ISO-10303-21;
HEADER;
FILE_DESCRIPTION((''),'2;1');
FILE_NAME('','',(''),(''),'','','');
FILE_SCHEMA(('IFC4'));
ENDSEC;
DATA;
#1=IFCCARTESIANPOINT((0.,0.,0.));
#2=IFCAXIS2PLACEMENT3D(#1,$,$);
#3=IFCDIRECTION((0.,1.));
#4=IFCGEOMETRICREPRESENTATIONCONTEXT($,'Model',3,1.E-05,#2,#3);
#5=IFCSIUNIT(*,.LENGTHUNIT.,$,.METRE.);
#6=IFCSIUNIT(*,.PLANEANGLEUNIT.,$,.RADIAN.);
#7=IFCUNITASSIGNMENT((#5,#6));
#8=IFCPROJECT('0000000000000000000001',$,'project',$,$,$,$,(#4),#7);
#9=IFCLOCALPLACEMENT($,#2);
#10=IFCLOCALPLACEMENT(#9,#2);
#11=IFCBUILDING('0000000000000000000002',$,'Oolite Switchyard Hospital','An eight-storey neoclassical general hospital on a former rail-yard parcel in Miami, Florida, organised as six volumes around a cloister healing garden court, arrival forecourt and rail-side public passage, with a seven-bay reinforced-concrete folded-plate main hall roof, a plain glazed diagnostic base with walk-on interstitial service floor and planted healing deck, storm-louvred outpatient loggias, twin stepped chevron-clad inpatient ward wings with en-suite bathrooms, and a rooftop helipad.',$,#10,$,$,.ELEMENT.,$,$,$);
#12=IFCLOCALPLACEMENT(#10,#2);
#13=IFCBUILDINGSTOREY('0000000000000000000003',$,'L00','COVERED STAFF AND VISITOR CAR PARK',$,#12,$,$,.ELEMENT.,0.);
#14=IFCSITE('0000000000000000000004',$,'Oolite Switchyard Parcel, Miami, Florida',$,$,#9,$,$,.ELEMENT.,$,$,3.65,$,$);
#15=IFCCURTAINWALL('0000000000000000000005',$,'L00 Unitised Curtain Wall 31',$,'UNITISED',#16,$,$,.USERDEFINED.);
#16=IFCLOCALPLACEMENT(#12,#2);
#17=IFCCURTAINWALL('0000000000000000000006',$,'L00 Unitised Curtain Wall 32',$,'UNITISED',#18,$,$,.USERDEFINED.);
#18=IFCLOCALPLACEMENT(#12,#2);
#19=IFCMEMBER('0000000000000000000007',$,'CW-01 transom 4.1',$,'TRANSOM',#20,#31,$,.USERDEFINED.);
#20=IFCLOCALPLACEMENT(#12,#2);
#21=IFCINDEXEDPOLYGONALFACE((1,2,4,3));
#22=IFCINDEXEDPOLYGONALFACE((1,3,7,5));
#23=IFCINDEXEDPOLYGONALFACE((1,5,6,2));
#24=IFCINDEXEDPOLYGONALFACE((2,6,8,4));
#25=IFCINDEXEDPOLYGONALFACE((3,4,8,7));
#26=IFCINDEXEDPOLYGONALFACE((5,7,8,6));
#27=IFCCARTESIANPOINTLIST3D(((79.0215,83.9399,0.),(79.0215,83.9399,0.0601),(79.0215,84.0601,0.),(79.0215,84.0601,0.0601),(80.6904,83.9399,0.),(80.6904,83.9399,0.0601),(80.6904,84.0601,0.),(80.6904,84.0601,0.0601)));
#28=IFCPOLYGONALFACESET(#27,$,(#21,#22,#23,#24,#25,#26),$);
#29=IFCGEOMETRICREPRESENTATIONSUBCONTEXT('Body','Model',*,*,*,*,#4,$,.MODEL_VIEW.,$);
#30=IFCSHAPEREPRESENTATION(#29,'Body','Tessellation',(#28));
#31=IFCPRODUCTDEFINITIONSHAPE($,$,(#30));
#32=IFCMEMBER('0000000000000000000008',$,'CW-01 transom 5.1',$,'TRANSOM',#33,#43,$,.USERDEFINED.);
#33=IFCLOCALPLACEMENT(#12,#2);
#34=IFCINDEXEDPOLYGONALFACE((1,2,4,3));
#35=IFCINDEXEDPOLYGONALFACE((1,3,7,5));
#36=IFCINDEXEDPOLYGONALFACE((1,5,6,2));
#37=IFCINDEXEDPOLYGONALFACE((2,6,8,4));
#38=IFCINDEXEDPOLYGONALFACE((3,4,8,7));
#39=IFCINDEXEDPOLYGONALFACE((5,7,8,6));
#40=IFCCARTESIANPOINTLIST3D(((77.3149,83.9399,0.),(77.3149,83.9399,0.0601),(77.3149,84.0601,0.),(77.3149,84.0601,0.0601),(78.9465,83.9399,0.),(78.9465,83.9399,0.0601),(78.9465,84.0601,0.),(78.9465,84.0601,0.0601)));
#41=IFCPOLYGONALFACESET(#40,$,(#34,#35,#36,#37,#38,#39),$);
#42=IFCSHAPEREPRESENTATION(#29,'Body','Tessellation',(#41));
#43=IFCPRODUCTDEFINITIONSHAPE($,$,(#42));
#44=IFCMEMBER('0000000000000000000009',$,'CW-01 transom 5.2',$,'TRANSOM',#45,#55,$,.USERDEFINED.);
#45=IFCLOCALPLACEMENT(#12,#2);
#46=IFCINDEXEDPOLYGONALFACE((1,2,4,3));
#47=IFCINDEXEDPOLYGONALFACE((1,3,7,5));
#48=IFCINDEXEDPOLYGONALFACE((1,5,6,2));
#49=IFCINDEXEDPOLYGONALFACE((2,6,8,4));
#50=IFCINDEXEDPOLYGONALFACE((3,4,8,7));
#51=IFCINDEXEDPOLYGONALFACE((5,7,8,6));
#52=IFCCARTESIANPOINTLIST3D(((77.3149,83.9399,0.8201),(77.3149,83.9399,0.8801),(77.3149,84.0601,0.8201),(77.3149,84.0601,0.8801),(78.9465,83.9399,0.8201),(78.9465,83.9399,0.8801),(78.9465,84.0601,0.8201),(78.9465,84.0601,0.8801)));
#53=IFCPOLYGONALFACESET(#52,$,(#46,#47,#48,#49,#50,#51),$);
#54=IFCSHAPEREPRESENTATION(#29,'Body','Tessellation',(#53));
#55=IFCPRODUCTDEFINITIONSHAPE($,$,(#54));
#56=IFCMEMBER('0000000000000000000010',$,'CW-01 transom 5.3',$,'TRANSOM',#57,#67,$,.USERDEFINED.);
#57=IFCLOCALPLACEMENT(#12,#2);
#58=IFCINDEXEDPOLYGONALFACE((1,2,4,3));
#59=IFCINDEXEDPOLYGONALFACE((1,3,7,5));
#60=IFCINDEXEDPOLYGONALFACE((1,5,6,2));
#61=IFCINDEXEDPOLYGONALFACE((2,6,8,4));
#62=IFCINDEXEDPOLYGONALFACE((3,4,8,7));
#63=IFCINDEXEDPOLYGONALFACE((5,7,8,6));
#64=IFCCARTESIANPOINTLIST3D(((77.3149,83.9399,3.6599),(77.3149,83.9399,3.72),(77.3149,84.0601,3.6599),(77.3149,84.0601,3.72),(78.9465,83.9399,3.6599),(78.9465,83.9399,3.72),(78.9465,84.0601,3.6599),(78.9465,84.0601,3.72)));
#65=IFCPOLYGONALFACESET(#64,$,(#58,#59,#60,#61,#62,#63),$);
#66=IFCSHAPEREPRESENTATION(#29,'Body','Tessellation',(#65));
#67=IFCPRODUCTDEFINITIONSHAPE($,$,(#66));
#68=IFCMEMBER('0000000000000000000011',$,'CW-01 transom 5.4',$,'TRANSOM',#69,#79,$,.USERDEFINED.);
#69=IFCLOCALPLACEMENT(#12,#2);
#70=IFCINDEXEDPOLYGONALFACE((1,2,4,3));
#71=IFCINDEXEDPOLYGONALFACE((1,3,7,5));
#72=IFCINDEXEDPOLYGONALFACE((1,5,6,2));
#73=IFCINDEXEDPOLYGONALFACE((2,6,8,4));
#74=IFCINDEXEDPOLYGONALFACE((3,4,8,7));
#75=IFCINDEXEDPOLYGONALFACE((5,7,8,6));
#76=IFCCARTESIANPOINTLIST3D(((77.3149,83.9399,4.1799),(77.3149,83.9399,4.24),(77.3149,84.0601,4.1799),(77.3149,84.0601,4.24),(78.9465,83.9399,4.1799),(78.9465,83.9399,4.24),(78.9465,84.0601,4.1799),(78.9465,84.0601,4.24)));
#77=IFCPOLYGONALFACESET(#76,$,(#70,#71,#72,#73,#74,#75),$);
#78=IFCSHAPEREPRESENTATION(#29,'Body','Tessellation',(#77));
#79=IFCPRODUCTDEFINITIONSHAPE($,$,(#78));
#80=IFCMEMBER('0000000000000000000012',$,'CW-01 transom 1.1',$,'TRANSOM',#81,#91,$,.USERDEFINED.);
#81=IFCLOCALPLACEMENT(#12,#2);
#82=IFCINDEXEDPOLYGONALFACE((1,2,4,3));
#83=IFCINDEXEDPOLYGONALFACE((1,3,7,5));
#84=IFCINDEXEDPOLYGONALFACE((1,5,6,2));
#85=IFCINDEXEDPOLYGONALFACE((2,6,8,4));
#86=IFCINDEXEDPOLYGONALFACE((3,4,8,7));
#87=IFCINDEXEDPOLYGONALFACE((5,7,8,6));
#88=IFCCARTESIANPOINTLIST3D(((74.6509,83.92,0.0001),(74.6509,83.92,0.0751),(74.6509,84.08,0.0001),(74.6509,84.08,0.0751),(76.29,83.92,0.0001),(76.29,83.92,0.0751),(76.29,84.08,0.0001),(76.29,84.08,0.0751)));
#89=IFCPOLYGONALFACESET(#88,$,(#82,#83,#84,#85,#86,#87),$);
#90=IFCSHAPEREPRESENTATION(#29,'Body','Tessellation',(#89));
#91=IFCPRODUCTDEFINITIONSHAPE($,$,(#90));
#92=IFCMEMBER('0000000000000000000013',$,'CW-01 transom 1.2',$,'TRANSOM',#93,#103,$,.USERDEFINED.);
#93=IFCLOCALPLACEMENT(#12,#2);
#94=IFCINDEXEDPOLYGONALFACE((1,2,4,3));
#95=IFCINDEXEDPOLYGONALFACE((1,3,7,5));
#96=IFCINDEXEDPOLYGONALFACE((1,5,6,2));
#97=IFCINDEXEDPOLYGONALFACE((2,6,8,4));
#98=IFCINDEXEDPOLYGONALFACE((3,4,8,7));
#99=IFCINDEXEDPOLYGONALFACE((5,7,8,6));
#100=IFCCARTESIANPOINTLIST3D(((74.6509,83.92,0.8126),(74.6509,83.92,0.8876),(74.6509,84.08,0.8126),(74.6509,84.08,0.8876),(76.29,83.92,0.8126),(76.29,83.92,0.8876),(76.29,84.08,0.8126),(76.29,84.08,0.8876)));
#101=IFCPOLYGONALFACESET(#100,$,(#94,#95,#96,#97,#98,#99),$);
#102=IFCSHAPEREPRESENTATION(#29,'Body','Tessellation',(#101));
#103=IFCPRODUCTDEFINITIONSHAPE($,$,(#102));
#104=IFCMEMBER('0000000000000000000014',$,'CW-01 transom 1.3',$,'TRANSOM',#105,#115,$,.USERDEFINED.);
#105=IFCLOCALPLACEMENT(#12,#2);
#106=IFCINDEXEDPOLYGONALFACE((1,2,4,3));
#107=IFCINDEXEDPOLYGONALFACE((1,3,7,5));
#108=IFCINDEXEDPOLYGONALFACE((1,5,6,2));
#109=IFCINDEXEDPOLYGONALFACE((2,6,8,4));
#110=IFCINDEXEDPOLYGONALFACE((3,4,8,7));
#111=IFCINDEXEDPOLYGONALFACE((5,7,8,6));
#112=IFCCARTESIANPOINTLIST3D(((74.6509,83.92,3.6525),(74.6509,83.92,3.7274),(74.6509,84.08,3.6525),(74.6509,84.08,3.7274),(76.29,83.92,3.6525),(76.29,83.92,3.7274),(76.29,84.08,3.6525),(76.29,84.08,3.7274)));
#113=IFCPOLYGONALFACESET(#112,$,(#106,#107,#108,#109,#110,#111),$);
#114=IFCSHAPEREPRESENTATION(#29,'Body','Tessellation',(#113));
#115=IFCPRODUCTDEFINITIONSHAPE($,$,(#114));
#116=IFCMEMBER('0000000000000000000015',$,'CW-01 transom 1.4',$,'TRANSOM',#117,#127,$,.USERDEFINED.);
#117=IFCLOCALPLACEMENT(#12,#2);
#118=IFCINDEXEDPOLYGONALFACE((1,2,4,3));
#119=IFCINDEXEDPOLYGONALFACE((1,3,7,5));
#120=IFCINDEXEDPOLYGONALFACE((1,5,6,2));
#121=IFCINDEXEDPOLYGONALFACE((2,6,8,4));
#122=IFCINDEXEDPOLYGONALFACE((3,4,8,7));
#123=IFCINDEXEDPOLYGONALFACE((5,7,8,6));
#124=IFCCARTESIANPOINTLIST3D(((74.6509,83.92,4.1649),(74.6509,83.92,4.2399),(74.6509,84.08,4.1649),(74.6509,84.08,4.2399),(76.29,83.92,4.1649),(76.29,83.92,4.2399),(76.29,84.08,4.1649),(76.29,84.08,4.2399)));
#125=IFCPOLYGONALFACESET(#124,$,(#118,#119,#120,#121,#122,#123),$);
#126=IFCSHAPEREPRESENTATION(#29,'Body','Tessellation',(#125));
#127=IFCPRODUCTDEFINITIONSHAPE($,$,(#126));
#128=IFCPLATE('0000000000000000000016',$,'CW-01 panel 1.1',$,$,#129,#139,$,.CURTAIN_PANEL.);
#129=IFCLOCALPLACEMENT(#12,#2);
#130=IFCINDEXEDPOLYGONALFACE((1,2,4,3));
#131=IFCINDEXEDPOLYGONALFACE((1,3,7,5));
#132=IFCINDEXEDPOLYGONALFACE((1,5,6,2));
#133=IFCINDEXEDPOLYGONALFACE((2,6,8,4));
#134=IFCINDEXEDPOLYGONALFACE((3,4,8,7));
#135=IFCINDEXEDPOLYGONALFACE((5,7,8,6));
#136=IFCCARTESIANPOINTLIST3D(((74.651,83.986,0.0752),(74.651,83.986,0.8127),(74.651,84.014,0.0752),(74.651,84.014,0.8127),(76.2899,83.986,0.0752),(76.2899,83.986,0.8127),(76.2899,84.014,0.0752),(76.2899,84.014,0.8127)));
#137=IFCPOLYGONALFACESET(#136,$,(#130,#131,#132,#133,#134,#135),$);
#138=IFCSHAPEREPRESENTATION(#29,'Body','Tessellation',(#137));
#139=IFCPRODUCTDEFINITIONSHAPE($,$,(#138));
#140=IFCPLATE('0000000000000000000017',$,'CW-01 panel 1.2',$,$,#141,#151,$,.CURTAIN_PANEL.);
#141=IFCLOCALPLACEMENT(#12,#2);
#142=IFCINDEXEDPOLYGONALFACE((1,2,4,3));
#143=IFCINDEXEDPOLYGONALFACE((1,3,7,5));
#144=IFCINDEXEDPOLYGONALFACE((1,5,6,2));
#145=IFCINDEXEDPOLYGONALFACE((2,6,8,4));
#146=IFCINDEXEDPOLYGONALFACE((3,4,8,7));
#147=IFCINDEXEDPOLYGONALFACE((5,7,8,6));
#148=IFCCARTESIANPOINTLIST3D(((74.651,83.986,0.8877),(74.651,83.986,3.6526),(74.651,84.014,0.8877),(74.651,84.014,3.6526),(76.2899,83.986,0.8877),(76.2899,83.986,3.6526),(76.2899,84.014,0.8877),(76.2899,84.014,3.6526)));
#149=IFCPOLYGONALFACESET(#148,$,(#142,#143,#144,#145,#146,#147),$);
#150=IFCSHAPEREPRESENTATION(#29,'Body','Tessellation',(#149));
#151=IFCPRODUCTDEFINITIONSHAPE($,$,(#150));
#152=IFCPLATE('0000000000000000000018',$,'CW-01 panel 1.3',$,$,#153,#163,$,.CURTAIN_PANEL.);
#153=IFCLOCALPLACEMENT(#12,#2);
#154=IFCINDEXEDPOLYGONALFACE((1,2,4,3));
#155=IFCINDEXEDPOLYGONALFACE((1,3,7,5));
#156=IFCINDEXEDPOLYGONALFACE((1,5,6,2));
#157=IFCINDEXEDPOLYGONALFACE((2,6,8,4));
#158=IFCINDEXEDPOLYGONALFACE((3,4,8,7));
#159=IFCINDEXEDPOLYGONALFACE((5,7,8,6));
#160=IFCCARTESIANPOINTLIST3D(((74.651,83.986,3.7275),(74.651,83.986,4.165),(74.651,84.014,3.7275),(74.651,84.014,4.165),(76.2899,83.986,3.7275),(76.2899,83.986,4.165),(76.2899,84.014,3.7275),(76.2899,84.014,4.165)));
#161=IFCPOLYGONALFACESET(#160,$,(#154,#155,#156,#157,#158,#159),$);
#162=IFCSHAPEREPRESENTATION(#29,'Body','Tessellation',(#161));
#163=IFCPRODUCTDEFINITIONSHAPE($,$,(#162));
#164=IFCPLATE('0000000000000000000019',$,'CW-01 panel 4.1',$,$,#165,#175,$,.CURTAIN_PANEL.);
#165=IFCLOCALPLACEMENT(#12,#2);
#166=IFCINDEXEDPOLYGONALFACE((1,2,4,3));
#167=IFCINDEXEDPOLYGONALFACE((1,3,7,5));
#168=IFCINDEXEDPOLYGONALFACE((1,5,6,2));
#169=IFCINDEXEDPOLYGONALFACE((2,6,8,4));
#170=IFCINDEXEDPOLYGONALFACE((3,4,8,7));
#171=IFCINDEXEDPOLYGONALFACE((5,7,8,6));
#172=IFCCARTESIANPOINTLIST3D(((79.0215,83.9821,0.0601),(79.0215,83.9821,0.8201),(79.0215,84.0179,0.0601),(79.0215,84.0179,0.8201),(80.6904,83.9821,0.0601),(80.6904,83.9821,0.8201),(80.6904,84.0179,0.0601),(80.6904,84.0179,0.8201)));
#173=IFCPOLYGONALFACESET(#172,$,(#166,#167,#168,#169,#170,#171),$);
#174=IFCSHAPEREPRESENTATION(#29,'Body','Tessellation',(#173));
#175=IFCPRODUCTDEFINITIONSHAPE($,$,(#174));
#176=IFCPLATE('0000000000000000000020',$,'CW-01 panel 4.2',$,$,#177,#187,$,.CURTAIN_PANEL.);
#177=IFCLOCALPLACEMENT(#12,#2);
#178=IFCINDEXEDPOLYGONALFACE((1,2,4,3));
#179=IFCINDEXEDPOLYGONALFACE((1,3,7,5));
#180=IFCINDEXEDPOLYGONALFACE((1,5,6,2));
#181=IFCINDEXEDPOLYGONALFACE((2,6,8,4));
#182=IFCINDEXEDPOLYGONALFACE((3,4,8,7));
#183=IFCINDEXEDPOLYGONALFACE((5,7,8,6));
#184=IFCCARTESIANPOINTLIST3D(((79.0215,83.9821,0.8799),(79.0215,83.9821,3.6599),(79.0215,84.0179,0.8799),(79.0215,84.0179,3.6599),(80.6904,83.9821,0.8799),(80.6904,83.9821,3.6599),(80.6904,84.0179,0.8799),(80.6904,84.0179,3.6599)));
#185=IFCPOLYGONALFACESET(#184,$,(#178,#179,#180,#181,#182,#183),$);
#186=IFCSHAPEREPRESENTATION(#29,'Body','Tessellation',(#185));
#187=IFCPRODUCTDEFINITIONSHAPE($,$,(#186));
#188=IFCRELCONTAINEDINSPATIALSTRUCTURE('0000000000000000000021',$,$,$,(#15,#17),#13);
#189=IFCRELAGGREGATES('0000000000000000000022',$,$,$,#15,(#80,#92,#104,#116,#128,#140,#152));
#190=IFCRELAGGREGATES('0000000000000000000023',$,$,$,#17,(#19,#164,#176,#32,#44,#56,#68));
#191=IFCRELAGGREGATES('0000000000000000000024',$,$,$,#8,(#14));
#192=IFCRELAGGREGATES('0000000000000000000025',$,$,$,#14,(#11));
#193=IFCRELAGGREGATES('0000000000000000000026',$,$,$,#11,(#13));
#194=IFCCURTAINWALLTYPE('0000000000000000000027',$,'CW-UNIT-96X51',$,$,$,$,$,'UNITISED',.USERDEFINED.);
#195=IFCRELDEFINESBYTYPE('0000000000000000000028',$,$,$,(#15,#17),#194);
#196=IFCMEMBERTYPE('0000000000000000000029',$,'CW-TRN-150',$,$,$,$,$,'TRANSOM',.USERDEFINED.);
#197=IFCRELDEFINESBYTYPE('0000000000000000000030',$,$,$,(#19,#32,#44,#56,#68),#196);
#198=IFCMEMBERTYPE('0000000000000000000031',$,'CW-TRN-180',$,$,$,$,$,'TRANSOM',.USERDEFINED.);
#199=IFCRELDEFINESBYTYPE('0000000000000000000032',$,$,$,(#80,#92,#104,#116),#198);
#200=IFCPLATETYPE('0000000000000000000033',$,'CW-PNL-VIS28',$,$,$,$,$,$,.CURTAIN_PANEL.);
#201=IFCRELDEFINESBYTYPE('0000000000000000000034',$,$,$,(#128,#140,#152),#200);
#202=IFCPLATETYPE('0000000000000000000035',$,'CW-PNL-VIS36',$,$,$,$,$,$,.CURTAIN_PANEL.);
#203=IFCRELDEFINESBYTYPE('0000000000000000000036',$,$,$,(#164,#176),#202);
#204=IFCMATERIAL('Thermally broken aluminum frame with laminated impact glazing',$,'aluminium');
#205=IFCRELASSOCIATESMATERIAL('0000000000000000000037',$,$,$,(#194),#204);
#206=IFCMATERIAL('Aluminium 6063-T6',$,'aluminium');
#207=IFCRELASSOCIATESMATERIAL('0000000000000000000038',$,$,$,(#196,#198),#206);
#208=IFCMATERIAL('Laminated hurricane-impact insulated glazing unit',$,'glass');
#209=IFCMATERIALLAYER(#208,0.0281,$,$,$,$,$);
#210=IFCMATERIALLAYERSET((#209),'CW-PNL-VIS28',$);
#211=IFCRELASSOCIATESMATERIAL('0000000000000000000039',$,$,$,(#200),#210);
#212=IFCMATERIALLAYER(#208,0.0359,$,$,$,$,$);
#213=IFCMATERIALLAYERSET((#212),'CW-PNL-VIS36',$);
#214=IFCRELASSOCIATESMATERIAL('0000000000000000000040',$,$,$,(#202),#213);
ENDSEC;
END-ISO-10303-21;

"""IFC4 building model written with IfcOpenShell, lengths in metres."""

from ifc_helpers import new_model, si_unit, direction, frame, origin, origin_2d, place, context, subcontext, project, spatial, rectangle, extrude, material, layer, layer_set, material_profile, profile_set, type_object, element, aggregate, save


model = new_model("IFC4")

# Units and contexts
model_context = context("Model", 3, precision=1e-05, world=origin(), true_north=direction((0.0, 1.0)))
body_context = subcontext(model_context, "Body", "Model", "MODEL_VIEW")
ifc_project = project(units=[si_unit("LENGTHUNIT", "METRE"), si_unit("PLANEANGLEUNIT", "RADIAN")], contexts=[model_context])

# Site, building, storey
site_placement = place(None, origin())
site = spatial("IfcSite", under=ifc_project, at=site_placement, Name="Oolite Switchyard Parcel, Miami, Florida", CompositionType="ELEMENT", RefElevation=3.65)
building_placement = place(site_placement, origin())
building = spatial("IfcBuilding", under=site, at=building_placement, Name="Oolite Switchyard Hospital", Description="An eight-storey neoclassical general hospital on a former rail-yard parcel in Miami, Florida, organised as six volumes around a cloister healing garden court, arrival forecourt and rail-side public passage, with a seven-bay reinforced-concrete folded-plate main hall roof, a plain glazed diagnostic base with walk-on interstitial service floor and planted healing deck, storm-louvred outpatient loggias, twin stepped chevron-clad inpatient ward wings with en-suite bathrooms, and a rooftop helipad.", CompositionType="ELEMENT")
storey_placement = place(building_placement, origin())
storey = spatial("IfcBuildingStorey", under=building, at=storey_placement, Name="L00", Description="COVERED STAFF AND VISITOR CAR PARK", CompositionType="ELEMENT", Elevation=0.0)

# Curtain wall
ifc_material_1 = material(Name="Thermally broken aluminum frame with laminated impact glazing", Category="aluminium")
curtain_wall_type = type_object("IfcCurtainWallType", Name="CW-UNIT-96X51", ElementType="UNITISED", PredefinedType="USERDEFINED", material=ifc_material_1)
curtain_wall_1_placement = place(storey_placement, origin())
curtain_wall_1 = element("IfcCurtainWall", 1, at=curtain_wall_1_placement, inside=storey, type_object=curtain_wall_type, Name="L00 Unitised Curtain Wall 31", ObjectType="UNITISED", PredefinedType="USERDEFINED")
ifc_material_2 = material(Name="Aluminium 6063-T6", Category="aluminium")

# Curtain wall, members
curtain_wall_2_placement = place(storey_placement, origin())
curtain_wall_2 = element("IfcCurtainWall", 2, at=curtain_wall_2_placement, inside=storey, type_object=curtain_wall_type, Name="L00 Unitised Curtain Wall 32", ObjectType="UNITISED", PredefinedType="USERDEFINED")
ifc_material_profile_1 = material_profile(ifc_material_2, rectangle(XDim=0.1201, YDim=0.0601, at=origin_2d()), Name="CWT60X120")
ifc_profile_set_1 = profile_set([ifc_material_profile_1], Name="Aluminium 6063-T6")
member_type_1 = type_object("IfcMemberType", Name="CW-TRN-150", ElementType="TRANSOM", PredefinedType="USERDEFINED", material=ifc_profile_set_1)
member_1_placement = place(storey_placement, frame((80.6904, 84.0, 0.03), z_axis=(-1.0, 0.0, 0.0), x_axis=(0.0, -1.0, 0.0)))
member_1 = element("IfcMember", 3, at=member_1_placement, type_object=member_type_1, Name="CW-01 transom 4.1", ObjectType="TRANSOM", PredefinedType="USERDEFINED", context=body_context, shape_type="SweptSolid", body=[
    extrude(rectangle(XDim=0.1201, YDim=0.0601, at=origin_2d()), origin(), (0.0, 0.0, 1.0), 1.6689),
])
member_2_placement = place(storey_placement, frame((78.9465, 84.0, 0.03), z_axis=(-1.0, 0.0, 0.0), x_axis=(0.0, -1.0, 0.0)))
member_2 = element("IfcMember", 4, at=member_2_placement, type_object=member_type_1, Name="CW-01 transom 5.1", ObjectType="TRANSOM", PredefinedType="USERDEFINED", context=body_context, shape_type="SweptSolid", body=[
    extrude(rectangle(XDim=0.1201, YDim=0.0601, at=origin_2d()), origin(), (0.0, 0.0, 1.0), 1.6316),
])
member_3_placement = place(storey_placement, frame((78.9465, 84.0, 0.8501), z_axis=(-1.0, 0.0, 0.0), x_axis=(0.0, -1.0, 0.0)))
member_3 = element("IfcMember", 5, at=member_3_placement, type_object=member_type_1, Name="CW-01 transom 5.2", ObjectType="TRANSOM", PredefinedType="USERDEFINED", context=body_context, shape_type="SweptSolid", body=[
    extrude(rectangle(XDim=0.1201, YDim=0.0601, at=origin_2d()), origin(), (0.0, 0.0, 1.0), 1.6316),
])
member_4_placement = place(storey_placement, frame((78.9465, 84.0, 3.6899), z_axis=(-1.0, 0.0, 0.0), x_axis=(0.0, -1.0, 0.0)))
member_4 = element("IfcMember", 6, at=member_4_placement, type_object=member_type_1, Name="CW-01 transom 5.3", ObjectType="TRANSOM", PredefinedType="USERDEFINED", context=body_context, shape_type="SweptSolid", body=[
    extrude(rectangle(XDim=0.1201, YDim=0.0601, at=origin_2d()), origin(), (0.0, 0.0, 1.0), 1.6316),
])
member_5_placement = place(storey_placement, frame((78.9465, 84.0, 4.21), z_axis=(-1.0, 0.0, 0.0), x_axis=(0.0, -1.0, 0.0)))
member_5 = element("IfcMember", 7, at=member_5_placement, type_object=member_type_1, Name="CW-01 transom 5.4", ObjectType="TRANSOM", PredefinedType="USERDEFINED", context=body_context, shape_type="SweptSolid", body=[
    extrude(rectangle(XDim=0.1201, YDim=0.0601, at=origin_2d()), origin(), (0.0, 0.0, 1.0), 1.6316),
])

# Members
ifc_material_profile_2 = material_profile(ifc_material_2, rectangle(XDim=0.1599, YDim=0.075, at=origin_2d()), Name="CWT75X160")
ifc_profile_set_2 = profile_set([ifc_material_profile_2], Name="Aluminium 6063-T6")
member_type_2 = type_object("IfcMemberType", Name="CW-TRN-180", ElementType="TRANSOM", PredefinedType="USERDEFINED", material=ifc_profile_set_2)
member_6_placement = place(storey_placement, frame((76.29, 84.0, 0.0376), z_axis=(-1.0, 0.0, 0.0), x_axis=(0.0, -1.0, 0.0)))
member_6 = element("IfcMember", 8, at=member_6_placement, type_object=member_type_2, Name="CW-01 transom 1.1", ObjectType="TRANSOM", PredefinedType="USERDEFINED", context=body_context, shape_type="SweptSolid", body=[
    extrude(rectangle(XDim=0.1599, YDim=0.075, at=origin_2d()), origin(), (0.0, 0.0, 1.0), 1.6392),
])
member_7_placement = place(storey_placement, frame((76.29, 84.0, 0.8501), z_axis=(-1.0, 0.0, 0.0), x_axis=(0.0, -1.0, 0.0)))
member_7 = element("IfcMember", 9, at=member_7_placement, type_object=member_type_2, Name="CW-01 transom 1.2", ObjectType="TRANSOM", PredefinedType="USERDEFINED", context=body_context, shape_type="SweptSolid", body=[
    extrude(rectangle(XDim=0.1599, YDim=0.075, at=origin_2d()), origin(), (0.0, 0.0, 1.0), 1.6392),
])
member_8_placement = place(storey_placement, frame((76.29, 84.0, 3.6899), z_axis=(-1.0, 0.0, 0.0), x_axis=(0.0, -1.0, 0.0)))
member_8 = element("IfcMember", 10, at=member_8_placement, type_object=member_type_2, Name="CW-01 transom 1.3", ObjectType="TRANSOM", PredefinedType="USERDEFINED", context=body_context, shape_type="SweptSolid", body=[
    extrude(rectangle(XDim=0.1599, YDim=0.075, at=origin_2d()), origin(), (0.0, 0.0, 1.0), 1.6392),
])
member_9_placement = place(storey_placement, frame((76.29, 84.0, 4.2024), z_axis=(-1.0, 0.0, 0.0), x_axis=(0.0, -1.0, 0.0)))
member_9 = element("IfcMember", 11, at=member_9_placement, type_object=member_type_2, Name="CW-01 transom 1.4", ObjectType="TRANSOM", PredefinedType="USERDEFINED", context=body_context, shape_type="SweptSolid", body=[
    extrude(rectangle(XDim=0.1599, YDim=0.075, at=origin_2d()), origin(), (0.0, 0.0, 1.0), 1.6392),
])

# Plates
ifc_material_3 = material(Name="Laminated hurricane-impact insulated glazing unit", Category="glass")
ifc_layer_1 = layer(ifc_material_3, 0.0281)
ifc_layer_set_1 = layer_set([ifc_layer_1], Name="CW-PNL-VIS28")
plate_type_1 = type_object("IfcPlateType", Name="CW-PNL-VIS28", PredefinedType="CURTAIN_PANEL", material=ifc_layer_set_1)
plate_1_placement = place(storey_placement, frame((75.4705, 84.0, 0.0752), z_axis=(0.0, 0.0, 1.0), x_axis=(-1.0, 0.0, 0.0)))
plate_1 = element("IfcPlate", 12, at=plate_1_placement, type_object=plate_type_1, Name="CW-01 panel 1.1", PredefinedType="CURTAIN_PANEL", context=body_context, shape_type="SweptSolid", body=[
    extrude(rectangle(XDim=1.6389, YDim=0.0281, at=origin_2d()), origin(), (0.0, 0.0, 1.0), 0.7375),
])
plate_2_placement = place(storey_placement, frame((75.4705, 84.0, 0.8877), z_axis=(0.0, 0.0, 1.0), x_axis=(-1.0, 0.0, 0.0)))
plate_2 = element("IfcPlate", 13, at=plate_2_placement, type_object=plate_type_1, Name="CW-01 panel 1.2", PredefinedType="CURTAIN_PANEL", context=body_context, shape_type="SweptSolid", body=[
    extrude(rectangle(XDim=1.6389, YDim=0.0281, at=origin_2d()), origin(), (0.0, 0.0, 1.0), 2.7649),
])
plate_3_placement = place(storey_placement, frame((75.4705, 84.0, 3.7275), z_axis=(0.0, 0.0, 1.0), x_axis=(-1.0, 0.0, 0.0)))
plate_3 = element("IfcPlate", 14, at=plate_3_placement, type_object=plate_type_1, Name="CW-01 panel 1.3", PredefinedType="CURTAIN_PANEL", context=body_context, shape_type="SweptSolid", body=[
    extrude(rectangle(XDim=1.6389, YDim=0.0281, at=origin_2d()), origin(), (0.0, 0.0, 1.0), 0.4375),
])
aggregate(curtain_wall_1, [member_6, member_7, member_8, member_9, plate_1, plate_2, plate_3])
ifc_layer_2 = layer(ifc_material_3, 0.0359)
ifc_layer_set_2 = layer_set([ifc_layer_2], Name="CW-PNL-VIS36")
plate_type_2 = type_object("IfcPlateType", Name="CW-PNL-VIS36", PredefinedType="CURTAIN_PANEL", material=ifc_layer_set_2)
plate_4_placement = place(storey_placement, frame((79.856, 84.0, 0.0601), z_axis=(0.0, 0.0, 1.0), x_axis=(-1.0, 0.0, 0.0)))
plate_4 = element("IfcPlate", 15, at=plate_4_placement, type_object=plate_type_2, Name="CW-01 panel 4.1", PredefinedType="CURTAIN_PANEL", context=body_context, shape_type="SweptSolid", body=[
    extrude(rectangle(XDim=1.6689, YDim=0.0359, at=origin_2d()), origin(), (0.0, 0.0, 1.0), 0.76),
])
plate_5_placement = place(storey_placement, frame((79.856, 84.0, 0.8799), z_axis=(0.0, 0.0, 1.0), x_axis=(-1.0, 0.0, 0.0)))
plate_5 = element("IfcPlate", 16, at=plate_5_placement, type_object=plate_type_2, Name="CW-01 panel 4.2", PredefinedType="CURTAIN_PANEL", context=body_context, shape_type="SweptSolid", body=[
    extrude(rectangle(XDim=1.6689, YDim=0.0359, at=origin_2d()), origin(), (0.0, 0.0, 1.0), 2.78),
])
aggregate(curtain_wall_2, [member_1, plate_4, plate_5, member_2, member_3, member_4, member_5])

save(model, "model.ifc")
